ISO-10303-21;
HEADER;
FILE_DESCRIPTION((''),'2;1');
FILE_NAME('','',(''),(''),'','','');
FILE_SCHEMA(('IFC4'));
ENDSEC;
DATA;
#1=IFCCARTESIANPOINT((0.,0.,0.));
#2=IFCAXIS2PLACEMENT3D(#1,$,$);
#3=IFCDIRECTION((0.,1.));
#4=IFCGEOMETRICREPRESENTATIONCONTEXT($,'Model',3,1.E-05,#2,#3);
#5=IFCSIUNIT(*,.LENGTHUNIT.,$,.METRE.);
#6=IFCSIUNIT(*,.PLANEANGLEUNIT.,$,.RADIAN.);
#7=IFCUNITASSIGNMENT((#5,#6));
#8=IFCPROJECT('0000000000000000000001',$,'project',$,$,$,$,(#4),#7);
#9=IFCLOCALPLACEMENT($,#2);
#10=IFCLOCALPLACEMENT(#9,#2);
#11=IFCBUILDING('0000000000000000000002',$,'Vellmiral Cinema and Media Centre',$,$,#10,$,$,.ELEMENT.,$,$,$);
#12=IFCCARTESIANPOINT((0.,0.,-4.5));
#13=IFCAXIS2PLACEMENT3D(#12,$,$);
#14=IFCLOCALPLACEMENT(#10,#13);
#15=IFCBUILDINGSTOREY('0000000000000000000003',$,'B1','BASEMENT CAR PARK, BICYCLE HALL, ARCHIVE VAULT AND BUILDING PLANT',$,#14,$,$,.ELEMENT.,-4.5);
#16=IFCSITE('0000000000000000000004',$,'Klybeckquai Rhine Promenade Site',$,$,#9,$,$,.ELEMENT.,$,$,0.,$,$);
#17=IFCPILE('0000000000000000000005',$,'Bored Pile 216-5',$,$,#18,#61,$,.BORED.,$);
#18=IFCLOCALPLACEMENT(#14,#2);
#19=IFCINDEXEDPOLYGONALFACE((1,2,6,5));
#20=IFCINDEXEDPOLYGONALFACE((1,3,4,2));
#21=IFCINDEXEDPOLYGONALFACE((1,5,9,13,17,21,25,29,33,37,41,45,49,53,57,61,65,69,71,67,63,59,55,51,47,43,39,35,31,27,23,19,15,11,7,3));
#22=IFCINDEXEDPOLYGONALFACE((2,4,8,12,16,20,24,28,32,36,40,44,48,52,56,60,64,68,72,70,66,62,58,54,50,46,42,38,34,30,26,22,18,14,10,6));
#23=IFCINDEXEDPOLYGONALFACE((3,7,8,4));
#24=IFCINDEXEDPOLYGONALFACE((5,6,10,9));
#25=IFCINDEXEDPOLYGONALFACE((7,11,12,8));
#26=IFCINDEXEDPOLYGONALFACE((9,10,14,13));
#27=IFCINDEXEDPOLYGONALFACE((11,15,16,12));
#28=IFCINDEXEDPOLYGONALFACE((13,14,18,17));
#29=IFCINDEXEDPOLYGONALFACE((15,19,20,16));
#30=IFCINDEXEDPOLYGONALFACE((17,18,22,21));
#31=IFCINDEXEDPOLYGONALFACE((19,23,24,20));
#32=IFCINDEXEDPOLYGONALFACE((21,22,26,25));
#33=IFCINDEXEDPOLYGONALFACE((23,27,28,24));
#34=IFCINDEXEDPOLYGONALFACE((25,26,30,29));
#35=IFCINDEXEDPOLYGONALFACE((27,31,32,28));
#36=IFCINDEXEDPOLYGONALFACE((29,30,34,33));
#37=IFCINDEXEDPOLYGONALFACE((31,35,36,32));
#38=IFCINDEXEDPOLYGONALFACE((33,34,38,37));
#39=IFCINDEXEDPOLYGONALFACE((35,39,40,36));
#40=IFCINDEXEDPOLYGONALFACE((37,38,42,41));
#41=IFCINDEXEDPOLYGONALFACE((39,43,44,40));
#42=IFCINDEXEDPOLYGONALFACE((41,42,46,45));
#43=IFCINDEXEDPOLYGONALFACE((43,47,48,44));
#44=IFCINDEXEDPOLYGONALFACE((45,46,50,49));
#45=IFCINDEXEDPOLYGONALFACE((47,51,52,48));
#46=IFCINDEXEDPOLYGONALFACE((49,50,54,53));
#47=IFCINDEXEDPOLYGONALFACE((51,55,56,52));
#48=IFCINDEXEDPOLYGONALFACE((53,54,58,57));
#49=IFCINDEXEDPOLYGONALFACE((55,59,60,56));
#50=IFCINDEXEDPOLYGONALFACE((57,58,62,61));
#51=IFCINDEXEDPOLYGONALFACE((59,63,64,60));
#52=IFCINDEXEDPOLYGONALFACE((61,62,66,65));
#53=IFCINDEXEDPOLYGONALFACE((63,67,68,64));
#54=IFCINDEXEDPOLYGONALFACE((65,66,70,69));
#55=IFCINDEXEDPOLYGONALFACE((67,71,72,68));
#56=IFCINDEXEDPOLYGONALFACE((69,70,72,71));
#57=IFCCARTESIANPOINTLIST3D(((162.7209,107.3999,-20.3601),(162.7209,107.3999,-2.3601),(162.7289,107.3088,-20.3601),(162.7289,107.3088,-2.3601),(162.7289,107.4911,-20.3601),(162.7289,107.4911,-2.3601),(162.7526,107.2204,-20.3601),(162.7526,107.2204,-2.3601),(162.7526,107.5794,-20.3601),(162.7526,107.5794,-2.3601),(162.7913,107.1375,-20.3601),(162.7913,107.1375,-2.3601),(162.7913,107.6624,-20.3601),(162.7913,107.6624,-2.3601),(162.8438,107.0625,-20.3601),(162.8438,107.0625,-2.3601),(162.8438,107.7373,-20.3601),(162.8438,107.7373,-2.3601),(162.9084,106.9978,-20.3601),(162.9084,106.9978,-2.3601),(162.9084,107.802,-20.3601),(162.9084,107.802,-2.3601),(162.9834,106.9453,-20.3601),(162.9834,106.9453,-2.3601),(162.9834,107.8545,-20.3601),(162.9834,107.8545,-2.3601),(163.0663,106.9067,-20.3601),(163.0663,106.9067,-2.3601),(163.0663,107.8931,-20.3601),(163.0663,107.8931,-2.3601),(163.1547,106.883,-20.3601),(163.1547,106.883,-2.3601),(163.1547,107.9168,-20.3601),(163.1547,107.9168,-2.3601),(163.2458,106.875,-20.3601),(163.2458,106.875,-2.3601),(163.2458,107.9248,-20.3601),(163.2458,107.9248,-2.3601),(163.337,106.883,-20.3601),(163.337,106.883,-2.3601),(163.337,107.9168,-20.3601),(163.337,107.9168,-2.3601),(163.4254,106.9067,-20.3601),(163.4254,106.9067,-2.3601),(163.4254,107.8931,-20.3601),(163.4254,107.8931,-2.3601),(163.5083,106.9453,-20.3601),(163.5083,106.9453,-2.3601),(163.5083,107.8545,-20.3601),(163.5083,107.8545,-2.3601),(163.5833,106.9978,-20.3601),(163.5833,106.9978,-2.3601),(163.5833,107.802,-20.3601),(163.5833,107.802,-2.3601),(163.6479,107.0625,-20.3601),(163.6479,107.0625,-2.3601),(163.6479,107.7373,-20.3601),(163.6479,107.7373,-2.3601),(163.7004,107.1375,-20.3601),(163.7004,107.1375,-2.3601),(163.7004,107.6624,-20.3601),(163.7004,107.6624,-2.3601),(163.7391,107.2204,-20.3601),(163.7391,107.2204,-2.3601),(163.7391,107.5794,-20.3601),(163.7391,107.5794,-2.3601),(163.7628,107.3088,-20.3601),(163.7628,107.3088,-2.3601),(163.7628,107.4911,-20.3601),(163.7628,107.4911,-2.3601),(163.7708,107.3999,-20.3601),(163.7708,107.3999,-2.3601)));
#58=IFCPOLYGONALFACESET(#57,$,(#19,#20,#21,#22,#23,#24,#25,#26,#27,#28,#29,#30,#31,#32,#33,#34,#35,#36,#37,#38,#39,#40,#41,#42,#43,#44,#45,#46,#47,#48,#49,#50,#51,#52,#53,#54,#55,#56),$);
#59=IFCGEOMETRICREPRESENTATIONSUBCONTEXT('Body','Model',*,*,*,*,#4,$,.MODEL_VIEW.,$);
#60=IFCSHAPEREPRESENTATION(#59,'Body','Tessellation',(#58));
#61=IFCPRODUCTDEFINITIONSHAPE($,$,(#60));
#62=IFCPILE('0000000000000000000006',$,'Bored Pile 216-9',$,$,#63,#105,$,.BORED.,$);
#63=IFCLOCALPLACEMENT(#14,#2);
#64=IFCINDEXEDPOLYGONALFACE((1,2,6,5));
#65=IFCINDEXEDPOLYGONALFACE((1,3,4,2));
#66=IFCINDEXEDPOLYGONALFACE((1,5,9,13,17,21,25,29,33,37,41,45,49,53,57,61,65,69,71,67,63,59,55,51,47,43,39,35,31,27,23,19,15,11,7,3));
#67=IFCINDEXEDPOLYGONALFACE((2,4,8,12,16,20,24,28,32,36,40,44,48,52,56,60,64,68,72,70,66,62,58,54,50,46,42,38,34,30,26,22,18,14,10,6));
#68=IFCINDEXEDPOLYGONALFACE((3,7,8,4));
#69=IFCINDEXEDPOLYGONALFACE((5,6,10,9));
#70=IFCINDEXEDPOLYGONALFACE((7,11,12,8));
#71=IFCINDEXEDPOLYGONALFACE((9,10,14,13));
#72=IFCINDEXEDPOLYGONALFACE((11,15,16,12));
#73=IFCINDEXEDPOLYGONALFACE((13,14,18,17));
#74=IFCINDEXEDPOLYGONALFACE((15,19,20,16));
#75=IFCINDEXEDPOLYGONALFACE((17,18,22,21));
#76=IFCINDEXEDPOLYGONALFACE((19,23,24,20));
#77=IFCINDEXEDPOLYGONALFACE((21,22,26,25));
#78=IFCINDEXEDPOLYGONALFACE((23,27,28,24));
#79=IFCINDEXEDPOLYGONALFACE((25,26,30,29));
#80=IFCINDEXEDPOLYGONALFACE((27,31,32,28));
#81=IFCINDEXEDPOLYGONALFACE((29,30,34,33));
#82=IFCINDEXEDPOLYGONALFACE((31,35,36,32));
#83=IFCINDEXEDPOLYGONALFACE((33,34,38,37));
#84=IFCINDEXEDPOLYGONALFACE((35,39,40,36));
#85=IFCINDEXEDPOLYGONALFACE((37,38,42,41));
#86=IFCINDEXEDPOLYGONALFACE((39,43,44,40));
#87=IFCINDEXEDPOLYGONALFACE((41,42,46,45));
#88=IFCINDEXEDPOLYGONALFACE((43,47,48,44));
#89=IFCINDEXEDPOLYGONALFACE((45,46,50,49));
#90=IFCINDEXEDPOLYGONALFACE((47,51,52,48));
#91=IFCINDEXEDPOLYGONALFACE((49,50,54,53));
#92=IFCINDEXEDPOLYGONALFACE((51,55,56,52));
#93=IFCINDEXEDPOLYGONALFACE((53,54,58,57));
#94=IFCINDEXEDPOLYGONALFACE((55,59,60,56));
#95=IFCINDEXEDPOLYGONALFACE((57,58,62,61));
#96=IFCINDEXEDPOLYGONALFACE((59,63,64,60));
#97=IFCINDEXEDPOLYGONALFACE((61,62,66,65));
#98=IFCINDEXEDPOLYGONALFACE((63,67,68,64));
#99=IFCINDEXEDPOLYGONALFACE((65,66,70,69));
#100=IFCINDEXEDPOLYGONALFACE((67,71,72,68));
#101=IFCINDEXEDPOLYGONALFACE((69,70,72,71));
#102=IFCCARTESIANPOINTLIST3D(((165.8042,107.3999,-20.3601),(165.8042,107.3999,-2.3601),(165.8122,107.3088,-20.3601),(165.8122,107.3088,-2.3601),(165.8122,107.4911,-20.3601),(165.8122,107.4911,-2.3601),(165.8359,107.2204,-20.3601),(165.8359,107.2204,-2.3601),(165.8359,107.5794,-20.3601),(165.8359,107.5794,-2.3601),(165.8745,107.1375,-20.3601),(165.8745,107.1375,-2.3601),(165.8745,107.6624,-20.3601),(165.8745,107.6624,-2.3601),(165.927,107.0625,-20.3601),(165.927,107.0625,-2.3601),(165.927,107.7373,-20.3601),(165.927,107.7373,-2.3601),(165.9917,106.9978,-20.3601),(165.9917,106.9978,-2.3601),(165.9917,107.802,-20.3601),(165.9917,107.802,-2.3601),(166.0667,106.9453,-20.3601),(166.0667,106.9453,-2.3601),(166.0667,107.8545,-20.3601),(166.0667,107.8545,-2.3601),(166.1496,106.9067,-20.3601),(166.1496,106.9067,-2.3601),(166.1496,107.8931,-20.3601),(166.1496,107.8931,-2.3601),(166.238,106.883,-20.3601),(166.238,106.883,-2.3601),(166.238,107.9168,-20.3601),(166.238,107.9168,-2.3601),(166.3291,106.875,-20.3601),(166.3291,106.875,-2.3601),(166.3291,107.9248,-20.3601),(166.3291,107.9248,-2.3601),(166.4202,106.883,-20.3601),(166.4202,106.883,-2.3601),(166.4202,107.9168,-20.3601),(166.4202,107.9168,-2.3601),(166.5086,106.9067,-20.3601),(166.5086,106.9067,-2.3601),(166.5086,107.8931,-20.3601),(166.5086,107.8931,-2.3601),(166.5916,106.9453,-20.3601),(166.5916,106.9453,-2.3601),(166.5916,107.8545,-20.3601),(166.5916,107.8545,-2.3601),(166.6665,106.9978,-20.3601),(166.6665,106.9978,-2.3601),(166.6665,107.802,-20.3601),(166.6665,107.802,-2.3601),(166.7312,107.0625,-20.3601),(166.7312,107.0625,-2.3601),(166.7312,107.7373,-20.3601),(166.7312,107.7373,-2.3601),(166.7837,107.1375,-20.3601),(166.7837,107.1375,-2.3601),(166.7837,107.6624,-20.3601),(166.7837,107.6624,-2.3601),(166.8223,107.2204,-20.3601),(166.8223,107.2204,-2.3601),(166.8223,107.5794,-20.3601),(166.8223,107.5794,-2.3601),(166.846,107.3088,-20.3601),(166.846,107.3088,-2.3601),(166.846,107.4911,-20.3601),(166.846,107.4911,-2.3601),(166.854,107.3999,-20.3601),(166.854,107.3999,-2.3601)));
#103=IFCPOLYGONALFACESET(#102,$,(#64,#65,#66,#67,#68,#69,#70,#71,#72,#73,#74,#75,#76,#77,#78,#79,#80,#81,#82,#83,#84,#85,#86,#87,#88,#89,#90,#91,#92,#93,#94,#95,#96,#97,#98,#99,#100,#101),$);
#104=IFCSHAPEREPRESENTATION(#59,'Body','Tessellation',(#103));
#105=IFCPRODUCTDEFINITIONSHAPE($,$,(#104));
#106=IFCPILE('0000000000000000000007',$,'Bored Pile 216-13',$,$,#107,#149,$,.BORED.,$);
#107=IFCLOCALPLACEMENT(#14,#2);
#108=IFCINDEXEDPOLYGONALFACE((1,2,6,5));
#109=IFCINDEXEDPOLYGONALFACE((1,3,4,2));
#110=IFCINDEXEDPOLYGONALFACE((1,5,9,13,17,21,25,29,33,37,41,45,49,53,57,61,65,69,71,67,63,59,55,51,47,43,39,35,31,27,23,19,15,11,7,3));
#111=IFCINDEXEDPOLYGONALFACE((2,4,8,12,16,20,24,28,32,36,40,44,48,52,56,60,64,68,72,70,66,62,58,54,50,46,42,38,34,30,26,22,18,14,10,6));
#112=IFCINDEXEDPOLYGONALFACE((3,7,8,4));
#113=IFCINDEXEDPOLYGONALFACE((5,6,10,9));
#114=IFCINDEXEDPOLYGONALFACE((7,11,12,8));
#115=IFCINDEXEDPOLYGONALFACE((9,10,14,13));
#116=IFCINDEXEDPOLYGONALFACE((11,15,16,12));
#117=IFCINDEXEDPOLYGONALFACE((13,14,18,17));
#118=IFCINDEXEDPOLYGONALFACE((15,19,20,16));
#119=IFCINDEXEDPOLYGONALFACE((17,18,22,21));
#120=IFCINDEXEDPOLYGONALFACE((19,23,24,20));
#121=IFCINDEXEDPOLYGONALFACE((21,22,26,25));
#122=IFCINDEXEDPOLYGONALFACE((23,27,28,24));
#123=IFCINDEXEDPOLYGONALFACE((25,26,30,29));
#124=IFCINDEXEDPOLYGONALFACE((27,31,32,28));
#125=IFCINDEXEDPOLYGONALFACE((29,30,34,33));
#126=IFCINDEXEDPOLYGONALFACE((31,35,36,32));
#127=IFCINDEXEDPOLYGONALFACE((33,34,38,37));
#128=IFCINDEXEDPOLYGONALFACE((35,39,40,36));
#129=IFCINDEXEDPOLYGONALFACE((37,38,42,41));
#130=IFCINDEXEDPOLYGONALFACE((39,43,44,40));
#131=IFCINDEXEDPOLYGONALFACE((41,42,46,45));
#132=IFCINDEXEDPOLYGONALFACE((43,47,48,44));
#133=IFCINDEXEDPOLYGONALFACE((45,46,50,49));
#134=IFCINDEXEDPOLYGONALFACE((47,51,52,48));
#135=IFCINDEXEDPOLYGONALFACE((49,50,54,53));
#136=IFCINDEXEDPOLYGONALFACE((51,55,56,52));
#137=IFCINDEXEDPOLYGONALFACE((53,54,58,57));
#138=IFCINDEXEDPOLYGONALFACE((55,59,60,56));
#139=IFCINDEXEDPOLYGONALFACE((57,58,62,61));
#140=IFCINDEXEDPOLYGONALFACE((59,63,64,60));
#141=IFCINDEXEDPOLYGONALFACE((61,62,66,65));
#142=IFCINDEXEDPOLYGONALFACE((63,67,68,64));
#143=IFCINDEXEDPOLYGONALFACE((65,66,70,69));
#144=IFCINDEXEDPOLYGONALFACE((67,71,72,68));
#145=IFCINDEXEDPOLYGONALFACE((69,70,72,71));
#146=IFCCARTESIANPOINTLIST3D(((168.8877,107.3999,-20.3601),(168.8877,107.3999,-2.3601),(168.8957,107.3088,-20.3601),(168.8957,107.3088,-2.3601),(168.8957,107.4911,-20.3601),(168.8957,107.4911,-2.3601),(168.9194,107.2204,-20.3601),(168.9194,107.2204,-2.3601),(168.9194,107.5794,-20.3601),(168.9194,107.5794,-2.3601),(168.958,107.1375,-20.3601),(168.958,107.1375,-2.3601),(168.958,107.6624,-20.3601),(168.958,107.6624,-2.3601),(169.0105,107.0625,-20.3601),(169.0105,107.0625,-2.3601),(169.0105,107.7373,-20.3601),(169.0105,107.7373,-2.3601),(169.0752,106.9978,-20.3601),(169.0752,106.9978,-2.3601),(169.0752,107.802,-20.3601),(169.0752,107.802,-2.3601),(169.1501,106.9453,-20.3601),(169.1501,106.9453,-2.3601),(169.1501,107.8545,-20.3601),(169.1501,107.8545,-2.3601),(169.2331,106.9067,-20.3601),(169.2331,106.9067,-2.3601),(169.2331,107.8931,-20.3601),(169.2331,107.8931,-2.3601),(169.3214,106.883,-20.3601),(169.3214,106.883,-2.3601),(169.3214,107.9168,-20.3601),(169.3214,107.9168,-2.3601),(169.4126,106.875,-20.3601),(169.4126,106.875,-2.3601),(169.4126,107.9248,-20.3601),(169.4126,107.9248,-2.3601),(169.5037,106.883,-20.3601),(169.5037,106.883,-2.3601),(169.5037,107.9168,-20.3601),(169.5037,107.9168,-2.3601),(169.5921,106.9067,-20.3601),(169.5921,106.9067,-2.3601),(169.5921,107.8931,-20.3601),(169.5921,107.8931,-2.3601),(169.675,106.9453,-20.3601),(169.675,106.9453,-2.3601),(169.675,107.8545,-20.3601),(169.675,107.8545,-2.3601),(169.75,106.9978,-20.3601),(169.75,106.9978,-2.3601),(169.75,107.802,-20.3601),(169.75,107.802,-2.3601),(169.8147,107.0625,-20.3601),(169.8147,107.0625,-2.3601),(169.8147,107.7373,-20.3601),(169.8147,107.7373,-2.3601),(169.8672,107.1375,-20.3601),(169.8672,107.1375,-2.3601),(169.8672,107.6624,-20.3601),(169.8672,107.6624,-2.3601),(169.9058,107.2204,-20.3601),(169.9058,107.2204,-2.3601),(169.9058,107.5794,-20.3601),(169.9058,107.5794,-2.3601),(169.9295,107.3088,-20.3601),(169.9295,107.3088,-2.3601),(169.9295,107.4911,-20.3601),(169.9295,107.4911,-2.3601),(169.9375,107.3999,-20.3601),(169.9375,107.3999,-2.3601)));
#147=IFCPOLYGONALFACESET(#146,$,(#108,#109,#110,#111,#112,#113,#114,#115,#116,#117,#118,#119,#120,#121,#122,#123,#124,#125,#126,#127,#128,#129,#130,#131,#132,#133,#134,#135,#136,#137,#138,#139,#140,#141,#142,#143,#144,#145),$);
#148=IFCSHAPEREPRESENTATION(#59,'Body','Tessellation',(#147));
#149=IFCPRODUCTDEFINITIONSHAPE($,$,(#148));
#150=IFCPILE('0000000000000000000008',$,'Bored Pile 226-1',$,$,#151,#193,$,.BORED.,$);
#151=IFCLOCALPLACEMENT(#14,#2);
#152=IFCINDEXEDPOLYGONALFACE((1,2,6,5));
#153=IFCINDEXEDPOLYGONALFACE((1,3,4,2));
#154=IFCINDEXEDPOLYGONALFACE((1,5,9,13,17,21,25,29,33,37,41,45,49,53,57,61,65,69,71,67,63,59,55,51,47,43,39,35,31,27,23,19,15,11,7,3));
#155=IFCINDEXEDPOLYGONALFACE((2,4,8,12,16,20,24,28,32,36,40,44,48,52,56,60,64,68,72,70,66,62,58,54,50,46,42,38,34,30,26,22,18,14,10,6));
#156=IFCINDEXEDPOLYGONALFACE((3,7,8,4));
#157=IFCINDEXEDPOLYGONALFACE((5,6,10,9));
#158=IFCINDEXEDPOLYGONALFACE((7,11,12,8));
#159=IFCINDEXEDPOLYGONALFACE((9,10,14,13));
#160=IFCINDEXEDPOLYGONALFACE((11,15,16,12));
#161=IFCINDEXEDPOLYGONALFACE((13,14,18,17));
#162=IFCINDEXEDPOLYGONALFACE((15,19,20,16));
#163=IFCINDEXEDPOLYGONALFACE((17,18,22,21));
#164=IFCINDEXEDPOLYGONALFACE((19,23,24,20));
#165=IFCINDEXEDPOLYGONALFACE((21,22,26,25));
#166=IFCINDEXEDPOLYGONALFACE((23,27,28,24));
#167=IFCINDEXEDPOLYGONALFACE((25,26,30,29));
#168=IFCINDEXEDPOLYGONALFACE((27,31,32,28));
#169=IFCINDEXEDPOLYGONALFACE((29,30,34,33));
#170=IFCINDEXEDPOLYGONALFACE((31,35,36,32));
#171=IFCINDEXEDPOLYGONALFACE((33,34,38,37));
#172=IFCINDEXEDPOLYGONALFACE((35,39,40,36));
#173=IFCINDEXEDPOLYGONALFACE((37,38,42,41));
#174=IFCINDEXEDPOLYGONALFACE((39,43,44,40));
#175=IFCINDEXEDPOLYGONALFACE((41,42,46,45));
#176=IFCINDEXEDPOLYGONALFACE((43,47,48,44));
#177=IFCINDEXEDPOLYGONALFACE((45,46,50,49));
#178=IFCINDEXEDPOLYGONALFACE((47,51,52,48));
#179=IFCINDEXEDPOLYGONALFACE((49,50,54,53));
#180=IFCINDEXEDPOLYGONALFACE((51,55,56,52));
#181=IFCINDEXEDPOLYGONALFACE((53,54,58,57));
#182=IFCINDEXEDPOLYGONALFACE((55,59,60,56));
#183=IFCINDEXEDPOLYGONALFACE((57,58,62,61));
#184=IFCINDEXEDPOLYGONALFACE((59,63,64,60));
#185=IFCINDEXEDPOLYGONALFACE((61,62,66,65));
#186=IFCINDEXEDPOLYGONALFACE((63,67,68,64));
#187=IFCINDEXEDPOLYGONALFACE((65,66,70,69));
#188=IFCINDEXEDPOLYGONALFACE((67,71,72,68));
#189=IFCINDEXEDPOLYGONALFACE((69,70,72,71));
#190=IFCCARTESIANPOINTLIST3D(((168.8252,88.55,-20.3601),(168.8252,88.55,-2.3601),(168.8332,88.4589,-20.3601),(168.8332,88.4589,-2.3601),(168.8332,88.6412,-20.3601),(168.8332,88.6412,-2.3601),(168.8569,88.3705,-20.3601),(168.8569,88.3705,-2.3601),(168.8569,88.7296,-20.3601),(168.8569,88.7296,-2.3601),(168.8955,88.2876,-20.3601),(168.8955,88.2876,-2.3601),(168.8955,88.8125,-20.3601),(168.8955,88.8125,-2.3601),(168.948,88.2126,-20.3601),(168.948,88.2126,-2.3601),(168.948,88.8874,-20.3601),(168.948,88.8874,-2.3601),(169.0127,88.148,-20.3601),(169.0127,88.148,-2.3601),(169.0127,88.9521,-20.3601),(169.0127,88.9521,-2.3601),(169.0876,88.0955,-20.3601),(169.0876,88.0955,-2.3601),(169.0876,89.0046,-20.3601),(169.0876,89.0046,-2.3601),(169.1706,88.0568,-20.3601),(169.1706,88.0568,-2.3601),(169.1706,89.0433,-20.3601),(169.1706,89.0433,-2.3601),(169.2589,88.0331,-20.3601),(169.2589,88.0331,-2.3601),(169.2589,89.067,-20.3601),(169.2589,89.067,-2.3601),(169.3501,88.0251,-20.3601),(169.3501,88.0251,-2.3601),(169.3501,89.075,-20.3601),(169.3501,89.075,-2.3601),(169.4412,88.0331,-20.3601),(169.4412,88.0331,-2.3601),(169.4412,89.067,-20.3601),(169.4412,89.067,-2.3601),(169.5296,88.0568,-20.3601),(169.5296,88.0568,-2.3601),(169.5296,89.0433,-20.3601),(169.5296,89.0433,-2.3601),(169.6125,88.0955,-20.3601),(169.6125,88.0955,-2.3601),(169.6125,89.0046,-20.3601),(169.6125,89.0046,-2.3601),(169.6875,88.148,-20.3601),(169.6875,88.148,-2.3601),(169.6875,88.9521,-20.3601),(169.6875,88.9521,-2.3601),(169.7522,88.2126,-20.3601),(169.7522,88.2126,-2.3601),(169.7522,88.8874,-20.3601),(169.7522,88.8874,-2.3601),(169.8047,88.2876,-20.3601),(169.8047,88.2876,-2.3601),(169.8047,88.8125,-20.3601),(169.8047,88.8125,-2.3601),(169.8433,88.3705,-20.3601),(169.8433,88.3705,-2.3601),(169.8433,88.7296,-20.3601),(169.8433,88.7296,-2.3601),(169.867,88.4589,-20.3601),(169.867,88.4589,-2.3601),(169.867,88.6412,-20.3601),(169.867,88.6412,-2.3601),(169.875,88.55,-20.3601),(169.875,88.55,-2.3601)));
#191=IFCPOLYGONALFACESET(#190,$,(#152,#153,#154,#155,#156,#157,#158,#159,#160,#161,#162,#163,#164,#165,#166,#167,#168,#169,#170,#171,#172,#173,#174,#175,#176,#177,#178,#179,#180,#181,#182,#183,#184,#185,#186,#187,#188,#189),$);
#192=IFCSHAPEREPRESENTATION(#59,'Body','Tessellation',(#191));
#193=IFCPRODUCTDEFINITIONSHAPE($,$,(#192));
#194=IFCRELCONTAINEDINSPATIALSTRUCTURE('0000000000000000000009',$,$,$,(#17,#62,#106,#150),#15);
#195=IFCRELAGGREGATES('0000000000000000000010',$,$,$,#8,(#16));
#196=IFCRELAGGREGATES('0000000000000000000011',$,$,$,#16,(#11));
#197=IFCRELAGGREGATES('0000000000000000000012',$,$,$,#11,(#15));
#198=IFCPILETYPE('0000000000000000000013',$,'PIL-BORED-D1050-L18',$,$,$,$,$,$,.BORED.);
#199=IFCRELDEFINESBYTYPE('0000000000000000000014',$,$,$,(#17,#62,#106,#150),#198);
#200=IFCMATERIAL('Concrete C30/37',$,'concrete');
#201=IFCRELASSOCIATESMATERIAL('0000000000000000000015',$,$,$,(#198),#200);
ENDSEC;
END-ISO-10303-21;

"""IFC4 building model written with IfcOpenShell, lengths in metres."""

from ifc_helpers import new_model, si_unit, direction, frame, origin, origin_2d, place, context, subcontext, project, spatial, circle, extrude, material, material_profile, profile_set, type_object, element, save


model = new_model("IFC4")

# Units and contexts
model_context = context("Model", 3, precision=1e-05, world=origin(), true_north=direction((0.0, 1.0)))
body_context = subcontext(model_context, "Body", "Model", "MODEL_VIEW")
ifc_project = project(units=[si_unit("LENGTHUNIT", "METRE"), si_unit("PLANEANGLEUNIT", "RADIAN")], contexts=[model_context])

# Site, building, storey
site_placement = place(None, origin())
site = spatial("IfcSite", under=ifc_project, at=site_placement, Name="Klybeckquai Rhine Promenade Site", CompositionType="ELEMENT", RefElevation=0.0)
building_placement = place(site_placement, origin())
building = spatial("IfcBuilding", under=site, at=building_placement, Name="Vellmiral Cinema and Media Centre", CompositionType="ELEMENT")
storey_placement = place(building_placement, frame((0.0, 0.0, -4.5)))
storey = spatial("IfcBuildingStorey", under=building, at=storey_placement, Name="B1", Description="BASEMENT CAR PARK, BICYCLE HALL, ARCHIVE VAULT AND BUILDING PLANT", CompositionType="ELEMENT", Elevation=-4.5)

# Piles
ifc_material_1 = material(Name="Concrete C30/37", Category="concrete")
ifc_material_profile_1 = material_profile(ifc_material_1, circle(Radius=0.5249, at=origin_2d()), Name="PILE D1050")
ifc_profile_set_1 = profile_set([ifc_material_profile_1], Name="Concrete C30/37")
pile_type_1 = type_object("IfcPileType", Name="PIL-BORED-D1050-L18", PredefinedType="BORED", material=ifc_profile_set_1)
for number, where, z_axis, x_axis, name in (
    (1, (163.2458, 107.3999, -2.3601), (0.0, 0.0, -1.0), (1.0, 0.0, 0.0), "Bored Pile 216-5"),
    (2, (166.3291, 107.3999, -2.3601), (0.0, 0.0, -1.0), (1.0, 0.0, 0.0), "Bored Pile 216-9"),
    (3, (169.4126, 107.3999, -2.3601), (0.0, 0.0, -1.0), (1.0, 0.0, 0.0), "Bored Pile 216-13"),
    (4, (169.3501, 88.55, -2.3601), (0.0, 0.0, -1.0), (1.0, 0.0, 0.0), "Bored Pile 226-1"),
):
    element("IfcPile", number, at=place(storey_placement, frame(where, z_axis=z_axis, x_axis=x_axis)), inside=storey, type_object=pile_type_1, Name=name, PredefinedType="BORED", context=body_context, shape_type="SweptSolid", body=[
        extrude(circle(Radius=0.5249, at=origin_2d()), origin(), (0.0, 0.0, 1.0), 18.0),
    ])

save(model, "model.ifc")
